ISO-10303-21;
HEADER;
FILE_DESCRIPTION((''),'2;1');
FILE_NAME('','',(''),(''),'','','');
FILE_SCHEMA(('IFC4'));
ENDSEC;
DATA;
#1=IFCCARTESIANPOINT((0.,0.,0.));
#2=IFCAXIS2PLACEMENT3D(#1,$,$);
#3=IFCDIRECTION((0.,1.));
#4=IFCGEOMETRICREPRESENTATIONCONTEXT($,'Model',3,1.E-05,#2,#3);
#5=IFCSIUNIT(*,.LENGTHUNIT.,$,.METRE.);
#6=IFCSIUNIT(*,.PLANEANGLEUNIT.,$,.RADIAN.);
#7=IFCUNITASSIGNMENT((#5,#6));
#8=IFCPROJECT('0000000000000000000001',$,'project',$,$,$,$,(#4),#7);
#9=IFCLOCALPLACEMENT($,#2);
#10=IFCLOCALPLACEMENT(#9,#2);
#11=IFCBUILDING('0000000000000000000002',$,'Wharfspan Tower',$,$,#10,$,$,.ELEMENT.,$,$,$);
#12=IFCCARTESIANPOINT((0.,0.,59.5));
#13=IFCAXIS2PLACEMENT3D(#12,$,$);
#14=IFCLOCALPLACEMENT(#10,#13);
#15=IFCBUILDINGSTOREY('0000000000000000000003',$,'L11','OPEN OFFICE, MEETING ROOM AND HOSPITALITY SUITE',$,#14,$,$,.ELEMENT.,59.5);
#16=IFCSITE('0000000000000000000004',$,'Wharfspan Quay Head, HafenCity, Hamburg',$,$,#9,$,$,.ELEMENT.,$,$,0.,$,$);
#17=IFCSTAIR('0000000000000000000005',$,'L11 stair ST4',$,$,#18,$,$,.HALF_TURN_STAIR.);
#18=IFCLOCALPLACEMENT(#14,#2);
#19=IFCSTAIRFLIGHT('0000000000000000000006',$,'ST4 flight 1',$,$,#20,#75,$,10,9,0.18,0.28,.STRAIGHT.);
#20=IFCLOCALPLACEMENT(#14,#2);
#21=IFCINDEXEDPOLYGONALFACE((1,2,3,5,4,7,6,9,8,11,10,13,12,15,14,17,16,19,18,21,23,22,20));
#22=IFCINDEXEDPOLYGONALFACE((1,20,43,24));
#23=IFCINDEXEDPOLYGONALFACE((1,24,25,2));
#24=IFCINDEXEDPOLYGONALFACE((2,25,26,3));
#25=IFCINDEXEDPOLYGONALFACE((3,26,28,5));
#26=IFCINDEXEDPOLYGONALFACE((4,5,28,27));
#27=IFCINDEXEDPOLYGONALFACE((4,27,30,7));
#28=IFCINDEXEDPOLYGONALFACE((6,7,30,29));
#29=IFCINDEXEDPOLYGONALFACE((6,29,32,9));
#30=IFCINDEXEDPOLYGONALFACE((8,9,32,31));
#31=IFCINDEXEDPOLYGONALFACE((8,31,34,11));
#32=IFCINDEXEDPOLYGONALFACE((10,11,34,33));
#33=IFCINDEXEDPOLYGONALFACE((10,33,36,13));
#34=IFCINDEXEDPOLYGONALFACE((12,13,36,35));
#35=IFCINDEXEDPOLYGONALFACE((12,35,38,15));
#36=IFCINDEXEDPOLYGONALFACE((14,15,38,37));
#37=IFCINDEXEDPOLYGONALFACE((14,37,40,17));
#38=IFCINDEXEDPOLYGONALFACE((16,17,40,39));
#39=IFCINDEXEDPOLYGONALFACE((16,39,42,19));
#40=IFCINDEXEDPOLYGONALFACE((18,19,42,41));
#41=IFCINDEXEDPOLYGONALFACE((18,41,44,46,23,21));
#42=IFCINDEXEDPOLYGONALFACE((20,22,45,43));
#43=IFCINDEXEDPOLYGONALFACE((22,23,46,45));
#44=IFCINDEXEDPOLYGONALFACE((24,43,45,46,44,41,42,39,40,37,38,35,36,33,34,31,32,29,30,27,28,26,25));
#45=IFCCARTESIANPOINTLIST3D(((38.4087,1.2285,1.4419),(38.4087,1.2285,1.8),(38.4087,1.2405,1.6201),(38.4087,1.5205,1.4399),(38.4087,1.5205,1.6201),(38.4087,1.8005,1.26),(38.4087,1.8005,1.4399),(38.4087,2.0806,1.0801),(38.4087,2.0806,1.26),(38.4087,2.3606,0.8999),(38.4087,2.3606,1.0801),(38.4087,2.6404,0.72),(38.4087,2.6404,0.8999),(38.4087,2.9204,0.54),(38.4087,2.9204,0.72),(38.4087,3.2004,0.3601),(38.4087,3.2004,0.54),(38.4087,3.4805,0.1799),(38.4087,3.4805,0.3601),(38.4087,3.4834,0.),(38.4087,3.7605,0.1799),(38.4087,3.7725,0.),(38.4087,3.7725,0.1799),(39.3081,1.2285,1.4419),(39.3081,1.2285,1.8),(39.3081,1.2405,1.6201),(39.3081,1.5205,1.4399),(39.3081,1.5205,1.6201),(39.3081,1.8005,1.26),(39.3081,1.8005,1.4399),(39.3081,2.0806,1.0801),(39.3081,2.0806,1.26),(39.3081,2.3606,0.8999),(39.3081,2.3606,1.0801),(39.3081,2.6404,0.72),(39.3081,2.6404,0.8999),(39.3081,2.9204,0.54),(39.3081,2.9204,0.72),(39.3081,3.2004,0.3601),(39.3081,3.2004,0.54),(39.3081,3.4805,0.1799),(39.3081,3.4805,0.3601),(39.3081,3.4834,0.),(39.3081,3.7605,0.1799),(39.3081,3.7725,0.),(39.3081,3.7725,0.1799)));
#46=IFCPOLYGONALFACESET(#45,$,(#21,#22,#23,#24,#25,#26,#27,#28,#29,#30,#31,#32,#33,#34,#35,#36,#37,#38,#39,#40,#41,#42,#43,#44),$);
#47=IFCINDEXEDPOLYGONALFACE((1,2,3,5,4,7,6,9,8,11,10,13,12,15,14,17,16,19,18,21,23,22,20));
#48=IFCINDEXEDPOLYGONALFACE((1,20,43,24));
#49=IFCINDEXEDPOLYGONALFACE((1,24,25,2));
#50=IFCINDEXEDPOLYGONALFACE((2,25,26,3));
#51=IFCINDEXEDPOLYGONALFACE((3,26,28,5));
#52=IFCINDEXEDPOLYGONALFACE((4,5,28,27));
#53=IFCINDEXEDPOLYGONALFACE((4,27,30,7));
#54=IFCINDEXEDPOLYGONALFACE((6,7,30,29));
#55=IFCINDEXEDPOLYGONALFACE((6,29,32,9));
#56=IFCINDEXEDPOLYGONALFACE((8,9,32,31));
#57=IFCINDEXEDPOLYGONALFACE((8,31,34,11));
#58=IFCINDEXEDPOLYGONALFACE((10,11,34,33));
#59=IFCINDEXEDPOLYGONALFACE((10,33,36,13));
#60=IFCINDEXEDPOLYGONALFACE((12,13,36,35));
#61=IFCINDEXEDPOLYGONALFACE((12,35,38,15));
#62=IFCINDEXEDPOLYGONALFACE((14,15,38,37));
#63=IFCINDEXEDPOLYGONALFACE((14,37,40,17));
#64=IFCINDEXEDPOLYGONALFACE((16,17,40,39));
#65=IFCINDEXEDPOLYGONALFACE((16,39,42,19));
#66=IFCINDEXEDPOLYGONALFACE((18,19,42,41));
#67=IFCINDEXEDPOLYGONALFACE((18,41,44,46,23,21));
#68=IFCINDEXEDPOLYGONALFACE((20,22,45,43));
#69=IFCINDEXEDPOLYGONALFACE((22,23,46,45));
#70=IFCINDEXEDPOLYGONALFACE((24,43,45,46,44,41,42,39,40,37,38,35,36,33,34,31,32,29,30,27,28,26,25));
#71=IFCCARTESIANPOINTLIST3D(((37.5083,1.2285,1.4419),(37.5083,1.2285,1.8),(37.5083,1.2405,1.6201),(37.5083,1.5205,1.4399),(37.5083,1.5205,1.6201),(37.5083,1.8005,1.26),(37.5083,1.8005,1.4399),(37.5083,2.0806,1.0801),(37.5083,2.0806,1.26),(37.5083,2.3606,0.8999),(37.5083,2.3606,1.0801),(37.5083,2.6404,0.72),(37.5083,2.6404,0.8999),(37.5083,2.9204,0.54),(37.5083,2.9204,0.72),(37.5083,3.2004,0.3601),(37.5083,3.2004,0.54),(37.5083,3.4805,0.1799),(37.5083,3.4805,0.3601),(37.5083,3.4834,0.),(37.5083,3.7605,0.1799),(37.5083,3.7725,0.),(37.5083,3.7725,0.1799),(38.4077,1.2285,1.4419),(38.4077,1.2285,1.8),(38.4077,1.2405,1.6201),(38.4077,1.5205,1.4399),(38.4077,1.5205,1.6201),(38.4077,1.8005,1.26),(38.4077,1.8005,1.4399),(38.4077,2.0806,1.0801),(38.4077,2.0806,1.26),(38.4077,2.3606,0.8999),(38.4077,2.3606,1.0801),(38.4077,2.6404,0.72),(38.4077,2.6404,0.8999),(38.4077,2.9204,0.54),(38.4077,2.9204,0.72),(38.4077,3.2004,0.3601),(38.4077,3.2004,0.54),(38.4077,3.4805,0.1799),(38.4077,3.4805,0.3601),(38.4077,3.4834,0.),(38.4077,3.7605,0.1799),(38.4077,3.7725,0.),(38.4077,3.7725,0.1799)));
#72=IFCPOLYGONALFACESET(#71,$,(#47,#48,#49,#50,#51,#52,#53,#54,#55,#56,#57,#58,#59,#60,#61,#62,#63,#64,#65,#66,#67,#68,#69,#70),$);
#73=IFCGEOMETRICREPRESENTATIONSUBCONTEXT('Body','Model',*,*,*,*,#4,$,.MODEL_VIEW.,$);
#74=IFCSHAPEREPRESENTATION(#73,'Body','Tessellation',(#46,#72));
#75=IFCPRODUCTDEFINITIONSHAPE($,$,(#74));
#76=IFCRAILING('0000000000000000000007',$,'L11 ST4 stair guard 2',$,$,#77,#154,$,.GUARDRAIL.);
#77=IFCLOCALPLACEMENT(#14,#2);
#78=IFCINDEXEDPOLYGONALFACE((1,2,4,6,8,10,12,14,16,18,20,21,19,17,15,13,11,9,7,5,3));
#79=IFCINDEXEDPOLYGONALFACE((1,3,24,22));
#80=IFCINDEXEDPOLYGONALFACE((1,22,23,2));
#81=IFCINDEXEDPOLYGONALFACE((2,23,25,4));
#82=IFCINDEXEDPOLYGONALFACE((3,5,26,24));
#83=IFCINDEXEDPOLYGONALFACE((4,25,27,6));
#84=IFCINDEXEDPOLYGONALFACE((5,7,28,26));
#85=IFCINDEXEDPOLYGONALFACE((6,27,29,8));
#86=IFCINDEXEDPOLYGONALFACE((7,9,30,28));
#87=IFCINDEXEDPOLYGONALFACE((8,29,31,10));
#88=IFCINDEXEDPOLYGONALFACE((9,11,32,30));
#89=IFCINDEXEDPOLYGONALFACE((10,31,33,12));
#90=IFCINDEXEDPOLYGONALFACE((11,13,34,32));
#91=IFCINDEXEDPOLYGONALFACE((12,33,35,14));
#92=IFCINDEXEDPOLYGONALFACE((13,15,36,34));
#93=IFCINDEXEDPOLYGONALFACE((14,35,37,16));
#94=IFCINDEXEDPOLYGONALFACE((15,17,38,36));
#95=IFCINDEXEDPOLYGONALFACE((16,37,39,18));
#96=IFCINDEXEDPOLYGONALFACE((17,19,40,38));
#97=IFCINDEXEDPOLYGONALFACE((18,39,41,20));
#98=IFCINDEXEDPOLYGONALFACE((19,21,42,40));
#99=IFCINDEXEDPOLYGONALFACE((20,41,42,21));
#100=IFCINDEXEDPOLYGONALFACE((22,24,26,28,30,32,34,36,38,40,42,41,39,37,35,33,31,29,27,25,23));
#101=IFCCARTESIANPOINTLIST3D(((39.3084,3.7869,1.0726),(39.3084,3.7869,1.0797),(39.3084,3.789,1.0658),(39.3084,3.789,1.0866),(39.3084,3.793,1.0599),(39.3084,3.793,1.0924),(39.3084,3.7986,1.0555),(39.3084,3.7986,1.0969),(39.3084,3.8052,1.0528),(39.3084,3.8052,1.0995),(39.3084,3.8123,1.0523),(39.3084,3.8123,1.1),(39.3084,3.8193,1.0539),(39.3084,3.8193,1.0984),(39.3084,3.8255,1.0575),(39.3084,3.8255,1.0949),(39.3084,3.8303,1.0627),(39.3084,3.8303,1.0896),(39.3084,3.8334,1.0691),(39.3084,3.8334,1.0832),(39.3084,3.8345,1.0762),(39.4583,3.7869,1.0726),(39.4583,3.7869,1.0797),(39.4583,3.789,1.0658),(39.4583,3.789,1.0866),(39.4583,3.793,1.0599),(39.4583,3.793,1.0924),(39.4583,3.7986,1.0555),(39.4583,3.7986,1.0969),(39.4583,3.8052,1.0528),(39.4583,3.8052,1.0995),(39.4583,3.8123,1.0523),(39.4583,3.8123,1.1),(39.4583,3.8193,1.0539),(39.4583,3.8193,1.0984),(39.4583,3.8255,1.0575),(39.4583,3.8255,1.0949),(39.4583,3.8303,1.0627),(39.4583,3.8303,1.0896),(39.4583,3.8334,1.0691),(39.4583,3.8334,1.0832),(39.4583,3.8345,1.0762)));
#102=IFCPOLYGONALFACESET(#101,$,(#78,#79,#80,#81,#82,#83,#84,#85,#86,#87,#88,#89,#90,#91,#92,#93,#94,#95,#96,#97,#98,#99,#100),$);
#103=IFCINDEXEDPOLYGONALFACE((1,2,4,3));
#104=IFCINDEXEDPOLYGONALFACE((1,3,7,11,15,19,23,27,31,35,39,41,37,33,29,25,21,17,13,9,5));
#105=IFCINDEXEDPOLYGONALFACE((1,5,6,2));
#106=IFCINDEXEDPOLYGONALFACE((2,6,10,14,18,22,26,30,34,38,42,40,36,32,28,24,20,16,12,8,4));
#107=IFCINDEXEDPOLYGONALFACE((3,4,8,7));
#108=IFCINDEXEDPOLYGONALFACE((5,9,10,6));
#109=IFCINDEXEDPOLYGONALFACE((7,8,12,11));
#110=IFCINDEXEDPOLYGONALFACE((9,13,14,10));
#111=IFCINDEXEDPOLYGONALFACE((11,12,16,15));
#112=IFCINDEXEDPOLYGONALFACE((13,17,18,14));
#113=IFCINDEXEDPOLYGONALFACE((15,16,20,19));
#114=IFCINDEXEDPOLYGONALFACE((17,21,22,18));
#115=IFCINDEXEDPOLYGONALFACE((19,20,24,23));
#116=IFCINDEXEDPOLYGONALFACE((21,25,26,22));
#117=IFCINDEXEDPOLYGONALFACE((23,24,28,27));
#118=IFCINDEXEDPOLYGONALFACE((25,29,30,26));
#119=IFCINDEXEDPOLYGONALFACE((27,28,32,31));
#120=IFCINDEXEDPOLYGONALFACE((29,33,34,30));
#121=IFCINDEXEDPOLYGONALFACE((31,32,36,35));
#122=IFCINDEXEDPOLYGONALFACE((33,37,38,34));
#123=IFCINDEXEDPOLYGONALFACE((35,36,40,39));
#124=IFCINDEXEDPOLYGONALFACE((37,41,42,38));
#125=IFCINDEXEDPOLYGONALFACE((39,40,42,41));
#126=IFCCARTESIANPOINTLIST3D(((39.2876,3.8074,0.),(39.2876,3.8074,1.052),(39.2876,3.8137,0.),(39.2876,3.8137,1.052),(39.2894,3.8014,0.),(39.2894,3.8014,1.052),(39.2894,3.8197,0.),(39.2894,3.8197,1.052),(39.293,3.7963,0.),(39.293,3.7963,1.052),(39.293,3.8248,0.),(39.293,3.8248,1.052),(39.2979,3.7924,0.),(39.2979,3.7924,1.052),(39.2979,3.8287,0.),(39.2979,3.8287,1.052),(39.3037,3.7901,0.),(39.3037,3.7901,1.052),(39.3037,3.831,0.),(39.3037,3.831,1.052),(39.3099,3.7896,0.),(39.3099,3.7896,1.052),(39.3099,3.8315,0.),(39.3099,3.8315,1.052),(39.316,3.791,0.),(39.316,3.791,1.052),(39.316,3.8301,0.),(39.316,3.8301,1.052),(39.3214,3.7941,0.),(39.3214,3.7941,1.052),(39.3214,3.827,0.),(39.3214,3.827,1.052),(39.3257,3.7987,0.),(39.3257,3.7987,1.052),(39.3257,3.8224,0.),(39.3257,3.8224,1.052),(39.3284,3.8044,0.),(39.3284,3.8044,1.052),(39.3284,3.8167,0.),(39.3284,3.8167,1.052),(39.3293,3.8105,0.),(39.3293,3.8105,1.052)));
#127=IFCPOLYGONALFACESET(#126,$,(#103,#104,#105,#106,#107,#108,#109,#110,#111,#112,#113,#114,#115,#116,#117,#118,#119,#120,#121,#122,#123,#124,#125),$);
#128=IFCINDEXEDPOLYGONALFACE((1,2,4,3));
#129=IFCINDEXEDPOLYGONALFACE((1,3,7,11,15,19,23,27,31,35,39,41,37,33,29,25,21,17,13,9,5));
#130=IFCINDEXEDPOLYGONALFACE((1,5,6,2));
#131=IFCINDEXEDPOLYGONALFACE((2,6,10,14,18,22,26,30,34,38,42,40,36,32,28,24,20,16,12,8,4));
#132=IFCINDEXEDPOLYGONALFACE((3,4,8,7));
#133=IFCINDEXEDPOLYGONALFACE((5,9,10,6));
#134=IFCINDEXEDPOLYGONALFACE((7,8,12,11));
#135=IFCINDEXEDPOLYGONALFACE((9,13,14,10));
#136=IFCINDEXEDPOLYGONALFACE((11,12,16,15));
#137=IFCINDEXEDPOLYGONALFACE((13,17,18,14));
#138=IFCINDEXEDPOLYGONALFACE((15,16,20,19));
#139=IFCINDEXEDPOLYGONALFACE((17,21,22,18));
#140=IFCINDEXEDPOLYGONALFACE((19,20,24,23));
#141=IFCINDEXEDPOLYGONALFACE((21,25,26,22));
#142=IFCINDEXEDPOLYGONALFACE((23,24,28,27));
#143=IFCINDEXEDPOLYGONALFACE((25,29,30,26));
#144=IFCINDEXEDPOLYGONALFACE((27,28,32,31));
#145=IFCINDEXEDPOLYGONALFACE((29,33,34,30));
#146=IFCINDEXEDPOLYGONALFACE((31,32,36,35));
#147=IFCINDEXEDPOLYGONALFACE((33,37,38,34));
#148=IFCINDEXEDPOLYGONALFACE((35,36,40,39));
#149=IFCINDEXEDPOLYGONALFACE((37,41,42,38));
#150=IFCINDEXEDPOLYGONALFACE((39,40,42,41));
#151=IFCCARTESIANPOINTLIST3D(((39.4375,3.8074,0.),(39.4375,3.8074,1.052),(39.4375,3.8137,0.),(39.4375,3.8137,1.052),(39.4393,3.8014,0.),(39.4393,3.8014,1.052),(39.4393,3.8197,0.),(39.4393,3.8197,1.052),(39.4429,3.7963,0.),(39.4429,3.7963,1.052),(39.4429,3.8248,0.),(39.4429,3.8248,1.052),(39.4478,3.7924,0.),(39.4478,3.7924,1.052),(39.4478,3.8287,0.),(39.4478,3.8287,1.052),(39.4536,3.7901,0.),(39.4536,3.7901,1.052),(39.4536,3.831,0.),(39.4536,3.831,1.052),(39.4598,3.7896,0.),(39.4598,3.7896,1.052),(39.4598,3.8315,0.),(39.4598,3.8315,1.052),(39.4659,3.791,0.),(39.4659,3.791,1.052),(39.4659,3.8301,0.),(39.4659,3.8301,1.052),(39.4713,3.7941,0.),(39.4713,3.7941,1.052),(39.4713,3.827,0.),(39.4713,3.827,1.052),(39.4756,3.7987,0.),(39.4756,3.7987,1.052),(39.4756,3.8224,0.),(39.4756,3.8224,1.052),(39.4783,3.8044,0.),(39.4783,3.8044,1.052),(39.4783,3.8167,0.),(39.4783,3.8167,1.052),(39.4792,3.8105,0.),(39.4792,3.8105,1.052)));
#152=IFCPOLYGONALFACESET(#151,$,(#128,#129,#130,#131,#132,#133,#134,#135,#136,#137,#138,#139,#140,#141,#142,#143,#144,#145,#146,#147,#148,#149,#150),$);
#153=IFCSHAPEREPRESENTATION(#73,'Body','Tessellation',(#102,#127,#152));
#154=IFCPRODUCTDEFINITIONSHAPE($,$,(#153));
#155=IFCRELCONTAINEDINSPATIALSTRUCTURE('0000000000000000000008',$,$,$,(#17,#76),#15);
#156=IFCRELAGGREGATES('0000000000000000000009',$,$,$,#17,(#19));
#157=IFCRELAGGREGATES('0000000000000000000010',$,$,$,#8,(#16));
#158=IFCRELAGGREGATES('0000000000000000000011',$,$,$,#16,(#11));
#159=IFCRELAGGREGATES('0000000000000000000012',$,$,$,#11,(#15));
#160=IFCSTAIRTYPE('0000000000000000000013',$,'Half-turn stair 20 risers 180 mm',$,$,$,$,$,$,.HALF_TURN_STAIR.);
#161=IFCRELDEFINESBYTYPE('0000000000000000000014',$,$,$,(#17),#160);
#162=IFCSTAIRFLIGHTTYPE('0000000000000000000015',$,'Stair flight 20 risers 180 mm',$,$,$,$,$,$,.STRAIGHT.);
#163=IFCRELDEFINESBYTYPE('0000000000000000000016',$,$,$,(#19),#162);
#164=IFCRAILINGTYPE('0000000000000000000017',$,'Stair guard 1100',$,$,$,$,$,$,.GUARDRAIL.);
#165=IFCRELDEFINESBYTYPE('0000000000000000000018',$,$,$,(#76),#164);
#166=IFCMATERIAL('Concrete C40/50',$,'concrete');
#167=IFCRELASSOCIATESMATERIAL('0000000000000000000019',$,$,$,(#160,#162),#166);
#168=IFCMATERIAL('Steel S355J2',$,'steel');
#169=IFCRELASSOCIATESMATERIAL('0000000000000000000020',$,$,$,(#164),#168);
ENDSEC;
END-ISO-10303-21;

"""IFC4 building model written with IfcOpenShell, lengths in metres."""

from ifc_helpers import new_model, si_unit, direction, frame, origin, origin_2d, place, context, subcontext, project, spatial, polyline, circle, outline, extrude, material, type_object, element, aggregate, save


model = new_model("IFC4")

# Units and contexts
model_context = context("Model", 3, precision=1e-05, world=origin(), true_north=direction((0.0, 1.0)))
body_context = subcontext(model_context, "Body", "Model", "MODEL_VIEW")
ifc_project = project(units=[si_unit("LENGTHUNIT", "METRE"), si_unit("PLANEANGLEUNIT", "RADIAN")], contexts=[model_context])

# Site, building, storey
site_placement = place(None, origin())
site = spatial("IfcSite", under=ifc_project, at=site_placement, Name="Wharfspan Quay Head, HafenCity, Hamburg", CompositionType="ELEMENT", RefElevation=0.0)
building_placement = place(site_placement, origin())
building = spatial("IfcBuilding", under=site, at=building_placement, Name="Wharfspan Tower", CompositionType="ELEMENT")
storey_placement = place(building_placement, frame((0.0, 0.0, 59.5)))
storey = spatial("IfcBuildingStorey", under=building, at=storey_placement, Name="L11", Description="OPEN OFFICE, MEETING ROOM AND HOSPITALITY SUITE", CompositionType="ELEMENT", Elevation=59.5)

# Shared definitions
ifc_material_1 = material(Name="Steel S355J2", Category="steel")

# Shared definitions
ifc_material_2 = material(Name="Concrete C40/50", Category="concrete")

# Stair, stair flight
stair_type = type_object("IfcStairType", Name="Half-turn stair 20 risers 180 mm", PredefinedType="HALF_TURN_STAIR", material=ifc_material_2)
stair_placement = place(storey_placement, origin())
stair = element("IfcStair", 1, at=stair_placement, inside=storey, type_object=stair_type, Name="L11 stair ST4", PredefinedType="HALF_TURN_STAIR")
stair_flight_type = type_object("IfcStairFlightType", Name="Stair flight 20 risers 180 mm", PredefinedType="STRAIGHT", material=ifc_material_2)
stair_flight_placement = place(storey_placement, frame((38.4082, 3.7605, 0.0), z_axis=(0.0, 0.0, 1.0), x_axis=(0.0, -1.0, 0.0)))
stair_flight = element("IfcStairFlight", 2, at=stair_flight_placement, type_object=stair_flight_type, Name="ST4 flight 1", NumberOfRisers=10, NumberOfTreads=9, PredefinedType="STRAIGHT", RiserHeight=0.18, TreadLength=0.28, context=body_context, shape_type="SweptSolid", body=[
    extrude(outline(polyline([(-0.012, 0.0), (-0.012, 0.1799), (0.0, 0.1799), (0.28, 0.1799), (0.28, 0.3601), (0.5601, 0.3601), (0.5601, 0.54), (0.8401, 0.54), (0.8401, 0.72), (1.1201, 0.72), (1.1201, 0.8999), (1.3999, 0.8999), (1.3999, 1.0801), (1.6799, 1.0801), (1.6799, 1.26), (1.96, 1.26), (1.96, 1.4399), (2.24, 1.4399), (2.24, 1.6201), (2.52, 1.6201), (2.532, 1.8), (2.532, 1.4419), (0.2771, 0.0), (-0.012, 0.0)])), frame((0.0, 0.8999, 0.0), z_axis=(0.0, -1.0, 0.0), x_axis=(1.0, 0.0, 0.0)), (0.0, 0.0, 1.0), 0.8994),
    extrude(outline(polyline([(-0.012, 0.0), (-0.012, 0.1799), (0.0, 0.1799), (0.28, 0.1799), (0.28, 0.3601), (0.5601, 0.3601), (0.5601, 0.54), (0.8401, 0.54), (0.8401, 0.72), (1.1201, 0.72), (1.1201, 0.8999), (1.3999, 0.8999), (1.3999, 1.0801), (1.6799, 1.0801), (1.6799, 1.26), (1.96, 1.26), (1.96, 1.4399), (2.24, 1.4399), (2.24, 1.6201), (2.52, 1.6201), (2.532, 1.8), (2.532, 1.4419), (0.2771, 0.0), (-0.012, 0.0)])), frame((0.0, -0.0005, 0.0), z_axis=(0.0, -1.0, 0.0), x_axis=(1.0, 0.0, 0.0)), (0.0, 0.0, 1.0), 0.8994),
])
aggregate(stair, [stair_flight])

# Railing
railing_type_1 = type_object("IfcRailingType", Name="Stair guard 1100", PredefinedType="GUARDRAIL", material=ifc_material_1)
railing_1_placement = place(storey_placement, frame((39.3083, 3.8105, 0.0)))
element("IfcRailing", 3, at=railing_1_placement, inside=storey, type_object=railing_type_1, Name="L11 ST4 stair guard 2", PredefinedType="GUARDRAIL", context=body_context, shape_type="SweptSolid", body=[
    extrude(circle(Radius=0.0239, at=origin_2d()), frame((0.0, 0.0, 1.0762), z_axis=(1.0, 0.0, 0.0), x_axis=(0.0, 1.0, 0.0)), (0.0, 0.0, 1.0), 0.1499),
    extrude(circle(Radius=0.021, at=origin_2d()), origin(), (0.0, 0.0, 1.0), 1.052),
    extrude(circle(Radius=0.021, at=origin_2d()), frame((0.1499, 0.0, 0.0)), (0.0, 0.0, 1.0), 1.052),
])

save(model, "model.ifc")
